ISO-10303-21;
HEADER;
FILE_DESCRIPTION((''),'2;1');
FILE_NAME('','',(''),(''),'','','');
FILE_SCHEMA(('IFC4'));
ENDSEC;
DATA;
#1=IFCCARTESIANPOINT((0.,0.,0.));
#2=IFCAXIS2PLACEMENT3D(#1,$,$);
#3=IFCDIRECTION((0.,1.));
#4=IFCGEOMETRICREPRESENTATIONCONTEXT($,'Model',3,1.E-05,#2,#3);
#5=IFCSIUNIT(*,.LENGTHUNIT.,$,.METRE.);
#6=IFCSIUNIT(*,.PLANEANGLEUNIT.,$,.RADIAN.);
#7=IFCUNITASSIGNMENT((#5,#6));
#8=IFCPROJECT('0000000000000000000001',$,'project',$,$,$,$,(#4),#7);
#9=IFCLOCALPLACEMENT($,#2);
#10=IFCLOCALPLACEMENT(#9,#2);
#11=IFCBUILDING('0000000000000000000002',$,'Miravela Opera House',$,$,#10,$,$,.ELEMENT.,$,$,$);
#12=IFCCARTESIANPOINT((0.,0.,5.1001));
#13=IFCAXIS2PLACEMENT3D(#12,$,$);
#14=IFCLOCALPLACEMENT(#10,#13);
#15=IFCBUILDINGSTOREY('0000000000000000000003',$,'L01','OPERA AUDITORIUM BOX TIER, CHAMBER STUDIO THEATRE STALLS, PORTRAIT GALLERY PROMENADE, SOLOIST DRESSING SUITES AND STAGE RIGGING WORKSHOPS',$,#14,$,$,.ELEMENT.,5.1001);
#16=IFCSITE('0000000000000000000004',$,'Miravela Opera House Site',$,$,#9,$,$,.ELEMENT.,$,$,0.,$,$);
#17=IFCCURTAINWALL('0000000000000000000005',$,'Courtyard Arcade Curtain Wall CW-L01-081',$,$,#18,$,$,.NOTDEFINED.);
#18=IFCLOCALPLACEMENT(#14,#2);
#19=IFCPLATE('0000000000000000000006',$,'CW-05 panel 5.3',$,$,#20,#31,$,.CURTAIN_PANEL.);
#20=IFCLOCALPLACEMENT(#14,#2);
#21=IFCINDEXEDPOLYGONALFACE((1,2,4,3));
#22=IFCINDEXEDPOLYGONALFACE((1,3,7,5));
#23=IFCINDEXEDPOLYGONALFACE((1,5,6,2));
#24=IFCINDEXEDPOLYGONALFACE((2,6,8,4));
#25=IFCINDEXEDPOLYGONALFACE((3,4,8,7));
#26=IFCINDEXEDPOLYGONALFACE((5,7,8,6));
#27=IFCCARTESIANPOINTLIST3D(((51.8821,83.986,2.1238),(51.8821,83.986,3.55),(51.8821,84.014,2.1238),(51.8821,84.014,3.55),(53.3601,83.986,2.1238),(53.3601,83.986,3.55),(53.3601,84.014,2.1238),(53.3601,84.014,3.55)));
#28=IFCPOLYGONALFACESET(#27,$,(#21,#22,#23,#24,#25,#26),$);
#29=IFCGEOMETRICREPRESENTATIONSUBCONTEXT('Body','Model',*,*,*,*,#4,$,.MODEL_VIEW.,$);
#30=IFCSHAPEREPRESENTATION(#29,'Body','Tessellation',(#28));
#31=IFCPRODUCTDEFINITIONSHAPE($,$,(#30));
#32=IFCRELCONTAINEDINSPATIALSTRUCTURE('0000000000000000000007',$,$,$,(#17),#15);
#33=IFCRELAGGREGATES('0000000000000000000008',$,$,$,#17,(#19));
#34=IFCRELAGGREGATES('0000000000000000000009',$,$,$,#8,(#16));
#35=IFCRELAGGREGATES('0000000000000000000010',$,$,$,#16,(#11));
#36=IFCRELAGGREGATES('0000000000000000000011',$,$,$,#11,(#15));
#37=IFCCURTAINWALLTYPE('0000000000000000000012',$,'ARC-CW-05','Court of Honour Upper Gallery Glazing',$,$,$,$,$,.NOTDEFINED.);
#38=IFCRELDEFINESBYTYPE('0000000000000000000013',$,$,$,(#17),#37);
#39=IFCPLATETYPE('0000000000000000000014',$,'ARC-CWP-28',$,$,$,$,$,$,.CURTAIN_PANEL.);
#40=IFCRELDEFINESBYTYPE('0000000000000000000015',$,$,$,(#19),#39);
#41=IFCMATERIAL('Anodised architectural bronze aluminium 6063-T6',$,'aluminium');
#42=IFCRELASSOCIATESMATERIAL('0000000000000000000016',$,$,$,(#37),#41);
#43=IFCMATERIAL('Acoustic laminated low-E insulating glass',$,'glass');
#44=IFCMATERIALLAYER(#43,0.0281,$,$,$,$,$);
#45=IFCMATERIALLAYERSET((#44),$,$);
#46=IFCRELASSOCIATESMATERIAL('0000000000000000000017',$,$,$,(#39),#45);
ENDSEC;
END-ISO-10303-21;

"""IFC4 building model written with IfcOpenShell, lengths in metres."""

from ifc_helpers import new_model, si_unit, direction, frame, origin, origin_2d, place, context, subcontext, project, spatial, rectangle, extrude, material, layer, layer_set, type_object, element, aggregate, save


model = new_model("IFC4")

# Units and contexts
model_context = context("Model", 3, precision=1e-05, world=origin(), true_north=direction((0.0, 1.0)))
body_context = subcontext(model_context, "Body", "Model", "MODEL_VIEW")
ifc_project = project(units=[si_unit("LENGTHUNIT", "METRE"), si_unit("PLANEANGLEUNIT", "RADIAN")], contexts=[model_context])

# Site, building, storey
site_placement = place(None, origin())
site = spatial("IfcSite", under=ifc_project, at=site_placement, Name="Miravela Opera House Site", CompositionType="ELEMENT", RefElevation=0.0)
building_placement = place(site_placement, origin())
building = spatial("IfcBuilding", under=site, at=building_placement, Name="Miravela Opera House", CompositionType="ELEMENT")
storey_placement = place(building_placement, frame((0.0, 0.0, 5.1001)))
storey = spatial("IfcBuildingStorey", under=building, at=storey_placement, Name="L01", Description="OPERA AUDITORIUM BOX TIER, CHAMBER STUDIO THEATRE STALLS, PORTRAIT GALLERY PROMENADE, SOLOIST DRESSING SUITES AND STAGE RIGGING WORKSHOPS", CompositionType="ELEMENT", Elevation=5.1001)

# Curtain wall
ifc_material_1 = material(Name="Anodised architectural bronze aluminium 6063-T6", Category="aluminium")
curtain_wall_type = type_object("IfcCurtainWallType", Name="ARC-CW-05", Description="Court of Honour Upper Gallery Glazing", PredefinedType="NOTDEFINED", material=ifc_material_1)
curtain_wall_placement = place(storey_placement, origin())
curtain_wall = element("IfcCurtainWall", 1, at=curtain_wall_placement, inside=storey, type_object=curtain_wall_type, Name="Courtyard Arcade Curtain Wall CW-L01-081", PredefinedType="NOTDEFINED")

# Plate
ifc_material_2 = material(Name="Acoustic laminated low-E insulating glass", Category="glass")
ifc_layer = layer(ifc_material_2, 0.0281)
ifc_layer_set = layer_set([ifc_layer])
plate_type = type_object("IfcPlateType", Name="ARC-CWP-28", PredefinedType="CURTAIN_PANEL", material=ifc_layer_set)
plate_1_placement = place(storey_placement, frame((52.6211, 84.0, 2.1238), z_axis=(0.0, 0.0, 1.0), x_axis=(1.0, 0.0, 0.0)))
plate_1 = element("IfcPlate", 2, at=plate_1_placement, type_object=plate_type, Name="CW-05 panel 5.3", PredefinedType="CURTAIN_PANEL", context=body_context, shape_type="SweptSolid", body=[
    extrude(rectangle(XDim=1.478, YDim=0.0281, at=origin_2d()), origin(), (0.0, 0.0, 1.0), 1.4263),
])
aggregate(curtain_wall, [plate_1])

save(model, "model.ifc")
